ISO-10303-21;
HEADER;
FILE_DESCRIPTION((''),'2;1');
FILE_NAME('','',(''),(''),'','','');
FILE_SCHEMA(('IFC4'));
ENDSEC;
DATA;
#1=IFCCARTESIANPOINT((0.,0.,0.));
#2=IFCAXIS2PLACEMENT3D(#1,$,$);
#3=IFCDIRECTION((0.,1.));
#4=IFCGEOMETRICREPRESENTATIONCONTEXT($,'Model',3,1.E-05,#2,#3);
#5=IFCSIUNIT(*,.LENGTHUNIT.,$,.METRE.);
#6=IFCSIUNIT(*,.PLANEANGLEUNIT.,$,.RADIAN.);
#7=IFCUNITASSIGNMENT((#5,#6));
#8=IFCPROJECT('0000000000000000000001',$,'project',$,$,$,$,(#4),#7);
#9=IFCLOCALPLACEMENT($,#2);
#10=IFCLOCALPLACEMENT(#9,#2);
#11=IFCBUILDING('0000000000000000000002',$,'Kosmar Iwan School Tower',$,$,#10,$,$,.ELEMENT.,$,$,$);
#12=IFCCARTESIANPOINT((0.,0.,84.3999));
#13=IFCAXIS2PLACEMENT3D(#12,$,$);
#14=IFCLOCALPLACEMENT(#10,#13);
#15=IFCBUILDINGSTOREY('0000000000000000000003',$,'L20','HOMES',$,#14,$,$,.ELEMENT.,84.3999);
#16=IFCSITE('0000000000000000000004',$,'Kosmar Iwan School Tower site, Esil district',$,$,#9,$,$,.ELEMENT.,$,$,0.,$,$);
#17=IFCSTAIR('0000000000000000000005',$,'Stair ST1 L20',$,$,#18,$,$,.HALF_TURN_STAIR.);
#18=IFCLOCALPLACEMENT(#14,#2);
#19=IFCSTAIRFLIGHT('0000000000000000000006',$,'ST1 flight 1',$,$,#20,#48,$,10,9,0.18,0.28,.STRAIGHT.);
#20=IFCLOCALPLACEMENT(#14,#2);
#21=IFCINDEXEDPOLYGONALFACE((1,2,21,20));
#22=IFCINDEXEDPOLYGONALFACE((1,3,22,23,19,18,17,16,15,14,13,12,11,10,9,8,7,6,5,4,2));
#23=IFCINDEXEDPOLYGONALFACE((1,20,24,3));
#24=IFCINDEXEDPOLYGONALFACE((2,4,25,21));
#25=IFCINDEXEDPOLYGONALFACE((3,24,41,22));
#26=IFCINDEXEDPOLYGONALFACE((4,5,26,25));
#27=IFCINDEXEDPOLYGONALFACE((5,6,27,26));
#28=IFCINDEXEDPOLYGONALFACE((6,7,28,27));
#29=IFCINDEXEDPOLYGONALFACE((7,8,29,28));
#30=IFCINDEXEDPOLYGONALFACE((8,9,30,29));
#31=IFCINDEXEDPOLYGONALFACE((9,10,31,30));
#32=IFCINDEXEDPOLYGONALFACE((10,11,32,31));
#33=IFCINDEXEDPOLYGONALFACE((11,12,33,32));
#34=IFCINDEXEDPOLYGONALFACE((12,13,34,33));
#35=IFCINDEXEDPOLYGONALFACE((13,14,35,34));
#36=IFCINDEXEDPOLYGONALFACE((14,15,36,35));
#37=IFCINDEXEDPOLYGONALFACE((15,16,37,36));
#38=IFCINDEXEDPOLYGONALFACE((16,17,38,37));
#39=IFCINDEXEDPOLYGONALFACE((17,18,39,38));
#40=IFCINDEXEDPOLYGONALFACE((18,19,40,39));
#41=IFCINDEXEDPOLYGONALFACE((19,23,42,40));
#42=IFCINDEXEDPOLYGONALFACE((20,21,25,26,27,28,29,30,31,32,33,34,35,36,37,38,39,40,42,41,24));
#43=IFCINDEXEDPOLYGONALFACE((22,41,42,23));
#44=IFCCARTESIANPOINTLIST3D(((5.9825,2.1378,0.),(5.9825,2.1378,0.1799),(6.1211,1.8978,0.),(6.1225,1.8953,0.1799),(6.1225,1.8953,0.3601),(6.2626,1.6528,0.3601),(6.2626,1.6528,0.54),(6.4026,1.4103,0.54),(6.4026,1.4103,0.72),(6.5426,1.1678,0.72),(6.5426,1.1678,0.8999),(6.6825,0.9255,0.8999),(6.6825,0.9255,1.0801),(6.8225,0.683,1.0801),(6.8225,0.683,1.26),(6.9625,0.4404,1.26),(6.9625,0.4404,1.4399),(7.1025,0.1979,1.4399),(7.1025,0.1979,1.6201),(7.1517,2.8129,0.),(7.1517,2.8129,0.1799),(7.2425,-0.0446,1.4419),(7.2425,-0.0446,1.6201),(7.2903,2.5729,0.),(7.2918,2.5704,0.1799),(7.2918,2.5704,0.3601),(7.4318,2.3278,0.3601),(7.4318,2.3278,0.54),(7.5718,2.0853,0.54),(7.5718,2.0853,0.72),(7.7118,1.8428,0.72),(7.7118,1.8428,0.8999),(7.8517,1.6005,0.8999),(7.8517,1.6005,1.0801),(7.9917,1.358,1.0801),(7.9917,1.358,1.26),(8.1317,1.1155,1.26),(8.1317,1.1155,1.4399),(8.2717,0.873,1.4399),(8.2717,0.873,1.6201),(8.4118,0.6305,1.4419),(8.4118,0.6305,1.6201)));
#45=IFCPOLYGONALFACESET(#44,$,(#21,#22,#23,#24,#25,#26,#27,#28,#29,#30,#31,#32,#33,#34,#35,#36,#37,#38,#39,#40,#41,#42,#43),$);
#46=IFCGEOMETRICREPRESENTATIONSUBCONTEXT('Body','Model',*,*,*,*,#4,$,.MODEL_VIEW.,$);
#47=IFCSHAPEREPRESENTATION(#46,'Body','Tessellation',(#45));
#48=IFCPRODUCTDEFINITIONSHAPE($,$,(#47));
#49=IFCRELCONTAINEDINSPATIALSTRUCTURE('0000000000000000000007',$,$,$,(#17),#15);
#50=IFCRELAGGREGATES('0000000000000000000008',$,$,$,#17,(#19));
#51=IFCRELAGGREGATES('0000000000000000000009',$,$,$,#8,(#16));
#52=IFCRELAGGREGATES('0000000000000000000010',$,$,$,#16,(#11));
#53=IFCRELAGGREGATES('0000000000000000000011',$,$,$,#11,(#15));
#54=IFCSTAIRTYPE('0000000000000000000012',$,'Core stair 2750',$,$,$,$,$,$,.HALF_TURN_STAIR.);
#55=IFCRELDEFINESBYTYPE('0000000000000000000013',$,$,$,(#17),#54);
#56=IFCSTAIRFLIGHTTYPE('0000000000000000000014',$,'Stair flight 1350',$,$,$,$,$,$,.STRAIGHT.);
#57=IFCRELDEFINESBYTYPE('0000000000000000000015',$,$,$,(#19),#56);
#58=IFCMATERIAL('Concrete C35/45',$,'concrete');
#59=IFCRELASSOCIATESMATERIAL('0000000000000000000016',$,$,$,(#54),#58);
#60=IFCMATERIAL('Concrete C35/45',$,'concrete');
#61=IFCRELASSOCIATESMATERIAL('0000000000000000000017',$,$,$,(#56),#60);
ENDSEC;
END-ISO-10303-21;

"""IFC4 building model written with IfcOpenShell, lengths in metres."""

from ifc_helpers import new_model, si_unit, direction, frame, origin, place, context, subcontext, project, spatial, polyline, outline, extrude, material, type_object, element, aggregate, save


model = new_model("IFC4")

# Units and contexts
model_context = context("Model", 3, precision=1e-05, world=origin(), true_north=direction((0.0, 1.0)))
body_context = subcontext(model_context, "Body", "Model", "MODEL_VIEW")
ifc_project = project(units=[si_unit("LENGTHUNIT", "METRE"), si_unit("PLANEANGLEUNIT", "RADIAN")], contexts=[model_context])

# Site, building, storey
site_placement = place(None, origin())
site = spatial("IfcSite", under=ifc_project, at=site_placement, Name="Kosmar Iwan School Tower site, Esil district", CompositionType="ELEMENT", RefElevation=0.0)
building_placement = place(site_placement, origin())
building = spatial("IfcBuilding", under=site, at=building_placement, Name="Kosmar Iwan School Tower", CompositionType="ELEMENT")
storey_placement = place(building_placement, frame((0.0, 0.0, 84.3999)))
storey = spatial("IfcBuildingStorey", under=building, at=storey_placement, Name="L20", Description="HOMES", CompositionType="ELEMENT", Elevation=84.3999)

# Stair, stair flight
ifc_material_1 = material(Name="Concrete C35/45", Category="concrete")
stair_type = type_object("IfcStairType", Name="Core stair 2750", PredefinedType="HALF_TURN_STAIR", material=ifc_material_1)
stair_placement = place(storey_placement, origin())
stair = element("IfcStair", 1, at=stair_placement, inside=storey, type_object=stair_type, Name="Stair ST1 L20", PredefinedType="HALF_TURN_STAIR")
ifc_material_2 = material(Name="Concrete C35/45", Category="concrete")
stair_flight_type = type_object("IfcStairFlightType", Name="Stair flight 1350", PredefinedType="STRAIGHT", material=ifc_material_2)
stair_flight_placement = place(storey_placement, frame((6.5671, 2.4753, 0.0), z_axis=(0.0, 0.0, 1.0), x_axis=(0.5, -0.866025, 0.0)))
stair_flight = element("IfcStairFlight", 2, at=stair_flight_placement, type_object=stair_flight_type, Name="ST1 flight 1", NumberOfRisers=10, NumberOfTreads=9, PredefinedType="STRAIGHT", RiserHeight=0.18, TreadLength=0.28, context=body_context, shape_type="SweptSolid", body=[
    extrude(outline(polyline([(0.0, 0.0), (0.0, 0.1799), (0.28, 0.1799), (0.28, 0.3601), (0.5601, 0.3601), (0.5601, 0.54), (0.8401, 0.54), (0.8401, 0.72), (1.1201, 0.72), (1.1201, 0.8999), (1.3999, 0.8999), (1.3999, 1.0801), (1.6799, 1.0801), (1.6799, 1.26), (1.96, 1.26), (1.96, 1.4399), (2.24, 1.4399), (2.24, 1.6201), (2.52, 1.6201), (2.52, 1.8), (2.52, 1.4419), (0.2771, 0.0), (0.0, 0.0)])), frame((0.0, 0.675, 0.0), z_axis=(0.0, -1.0, 0.0), x_axis=(1.0, 0.0, 0.0)), (0.0, 0.0, 1.0), 1.3501),
])
aggregate(stair, [stair_flight])

save(model, "model.ifc")
